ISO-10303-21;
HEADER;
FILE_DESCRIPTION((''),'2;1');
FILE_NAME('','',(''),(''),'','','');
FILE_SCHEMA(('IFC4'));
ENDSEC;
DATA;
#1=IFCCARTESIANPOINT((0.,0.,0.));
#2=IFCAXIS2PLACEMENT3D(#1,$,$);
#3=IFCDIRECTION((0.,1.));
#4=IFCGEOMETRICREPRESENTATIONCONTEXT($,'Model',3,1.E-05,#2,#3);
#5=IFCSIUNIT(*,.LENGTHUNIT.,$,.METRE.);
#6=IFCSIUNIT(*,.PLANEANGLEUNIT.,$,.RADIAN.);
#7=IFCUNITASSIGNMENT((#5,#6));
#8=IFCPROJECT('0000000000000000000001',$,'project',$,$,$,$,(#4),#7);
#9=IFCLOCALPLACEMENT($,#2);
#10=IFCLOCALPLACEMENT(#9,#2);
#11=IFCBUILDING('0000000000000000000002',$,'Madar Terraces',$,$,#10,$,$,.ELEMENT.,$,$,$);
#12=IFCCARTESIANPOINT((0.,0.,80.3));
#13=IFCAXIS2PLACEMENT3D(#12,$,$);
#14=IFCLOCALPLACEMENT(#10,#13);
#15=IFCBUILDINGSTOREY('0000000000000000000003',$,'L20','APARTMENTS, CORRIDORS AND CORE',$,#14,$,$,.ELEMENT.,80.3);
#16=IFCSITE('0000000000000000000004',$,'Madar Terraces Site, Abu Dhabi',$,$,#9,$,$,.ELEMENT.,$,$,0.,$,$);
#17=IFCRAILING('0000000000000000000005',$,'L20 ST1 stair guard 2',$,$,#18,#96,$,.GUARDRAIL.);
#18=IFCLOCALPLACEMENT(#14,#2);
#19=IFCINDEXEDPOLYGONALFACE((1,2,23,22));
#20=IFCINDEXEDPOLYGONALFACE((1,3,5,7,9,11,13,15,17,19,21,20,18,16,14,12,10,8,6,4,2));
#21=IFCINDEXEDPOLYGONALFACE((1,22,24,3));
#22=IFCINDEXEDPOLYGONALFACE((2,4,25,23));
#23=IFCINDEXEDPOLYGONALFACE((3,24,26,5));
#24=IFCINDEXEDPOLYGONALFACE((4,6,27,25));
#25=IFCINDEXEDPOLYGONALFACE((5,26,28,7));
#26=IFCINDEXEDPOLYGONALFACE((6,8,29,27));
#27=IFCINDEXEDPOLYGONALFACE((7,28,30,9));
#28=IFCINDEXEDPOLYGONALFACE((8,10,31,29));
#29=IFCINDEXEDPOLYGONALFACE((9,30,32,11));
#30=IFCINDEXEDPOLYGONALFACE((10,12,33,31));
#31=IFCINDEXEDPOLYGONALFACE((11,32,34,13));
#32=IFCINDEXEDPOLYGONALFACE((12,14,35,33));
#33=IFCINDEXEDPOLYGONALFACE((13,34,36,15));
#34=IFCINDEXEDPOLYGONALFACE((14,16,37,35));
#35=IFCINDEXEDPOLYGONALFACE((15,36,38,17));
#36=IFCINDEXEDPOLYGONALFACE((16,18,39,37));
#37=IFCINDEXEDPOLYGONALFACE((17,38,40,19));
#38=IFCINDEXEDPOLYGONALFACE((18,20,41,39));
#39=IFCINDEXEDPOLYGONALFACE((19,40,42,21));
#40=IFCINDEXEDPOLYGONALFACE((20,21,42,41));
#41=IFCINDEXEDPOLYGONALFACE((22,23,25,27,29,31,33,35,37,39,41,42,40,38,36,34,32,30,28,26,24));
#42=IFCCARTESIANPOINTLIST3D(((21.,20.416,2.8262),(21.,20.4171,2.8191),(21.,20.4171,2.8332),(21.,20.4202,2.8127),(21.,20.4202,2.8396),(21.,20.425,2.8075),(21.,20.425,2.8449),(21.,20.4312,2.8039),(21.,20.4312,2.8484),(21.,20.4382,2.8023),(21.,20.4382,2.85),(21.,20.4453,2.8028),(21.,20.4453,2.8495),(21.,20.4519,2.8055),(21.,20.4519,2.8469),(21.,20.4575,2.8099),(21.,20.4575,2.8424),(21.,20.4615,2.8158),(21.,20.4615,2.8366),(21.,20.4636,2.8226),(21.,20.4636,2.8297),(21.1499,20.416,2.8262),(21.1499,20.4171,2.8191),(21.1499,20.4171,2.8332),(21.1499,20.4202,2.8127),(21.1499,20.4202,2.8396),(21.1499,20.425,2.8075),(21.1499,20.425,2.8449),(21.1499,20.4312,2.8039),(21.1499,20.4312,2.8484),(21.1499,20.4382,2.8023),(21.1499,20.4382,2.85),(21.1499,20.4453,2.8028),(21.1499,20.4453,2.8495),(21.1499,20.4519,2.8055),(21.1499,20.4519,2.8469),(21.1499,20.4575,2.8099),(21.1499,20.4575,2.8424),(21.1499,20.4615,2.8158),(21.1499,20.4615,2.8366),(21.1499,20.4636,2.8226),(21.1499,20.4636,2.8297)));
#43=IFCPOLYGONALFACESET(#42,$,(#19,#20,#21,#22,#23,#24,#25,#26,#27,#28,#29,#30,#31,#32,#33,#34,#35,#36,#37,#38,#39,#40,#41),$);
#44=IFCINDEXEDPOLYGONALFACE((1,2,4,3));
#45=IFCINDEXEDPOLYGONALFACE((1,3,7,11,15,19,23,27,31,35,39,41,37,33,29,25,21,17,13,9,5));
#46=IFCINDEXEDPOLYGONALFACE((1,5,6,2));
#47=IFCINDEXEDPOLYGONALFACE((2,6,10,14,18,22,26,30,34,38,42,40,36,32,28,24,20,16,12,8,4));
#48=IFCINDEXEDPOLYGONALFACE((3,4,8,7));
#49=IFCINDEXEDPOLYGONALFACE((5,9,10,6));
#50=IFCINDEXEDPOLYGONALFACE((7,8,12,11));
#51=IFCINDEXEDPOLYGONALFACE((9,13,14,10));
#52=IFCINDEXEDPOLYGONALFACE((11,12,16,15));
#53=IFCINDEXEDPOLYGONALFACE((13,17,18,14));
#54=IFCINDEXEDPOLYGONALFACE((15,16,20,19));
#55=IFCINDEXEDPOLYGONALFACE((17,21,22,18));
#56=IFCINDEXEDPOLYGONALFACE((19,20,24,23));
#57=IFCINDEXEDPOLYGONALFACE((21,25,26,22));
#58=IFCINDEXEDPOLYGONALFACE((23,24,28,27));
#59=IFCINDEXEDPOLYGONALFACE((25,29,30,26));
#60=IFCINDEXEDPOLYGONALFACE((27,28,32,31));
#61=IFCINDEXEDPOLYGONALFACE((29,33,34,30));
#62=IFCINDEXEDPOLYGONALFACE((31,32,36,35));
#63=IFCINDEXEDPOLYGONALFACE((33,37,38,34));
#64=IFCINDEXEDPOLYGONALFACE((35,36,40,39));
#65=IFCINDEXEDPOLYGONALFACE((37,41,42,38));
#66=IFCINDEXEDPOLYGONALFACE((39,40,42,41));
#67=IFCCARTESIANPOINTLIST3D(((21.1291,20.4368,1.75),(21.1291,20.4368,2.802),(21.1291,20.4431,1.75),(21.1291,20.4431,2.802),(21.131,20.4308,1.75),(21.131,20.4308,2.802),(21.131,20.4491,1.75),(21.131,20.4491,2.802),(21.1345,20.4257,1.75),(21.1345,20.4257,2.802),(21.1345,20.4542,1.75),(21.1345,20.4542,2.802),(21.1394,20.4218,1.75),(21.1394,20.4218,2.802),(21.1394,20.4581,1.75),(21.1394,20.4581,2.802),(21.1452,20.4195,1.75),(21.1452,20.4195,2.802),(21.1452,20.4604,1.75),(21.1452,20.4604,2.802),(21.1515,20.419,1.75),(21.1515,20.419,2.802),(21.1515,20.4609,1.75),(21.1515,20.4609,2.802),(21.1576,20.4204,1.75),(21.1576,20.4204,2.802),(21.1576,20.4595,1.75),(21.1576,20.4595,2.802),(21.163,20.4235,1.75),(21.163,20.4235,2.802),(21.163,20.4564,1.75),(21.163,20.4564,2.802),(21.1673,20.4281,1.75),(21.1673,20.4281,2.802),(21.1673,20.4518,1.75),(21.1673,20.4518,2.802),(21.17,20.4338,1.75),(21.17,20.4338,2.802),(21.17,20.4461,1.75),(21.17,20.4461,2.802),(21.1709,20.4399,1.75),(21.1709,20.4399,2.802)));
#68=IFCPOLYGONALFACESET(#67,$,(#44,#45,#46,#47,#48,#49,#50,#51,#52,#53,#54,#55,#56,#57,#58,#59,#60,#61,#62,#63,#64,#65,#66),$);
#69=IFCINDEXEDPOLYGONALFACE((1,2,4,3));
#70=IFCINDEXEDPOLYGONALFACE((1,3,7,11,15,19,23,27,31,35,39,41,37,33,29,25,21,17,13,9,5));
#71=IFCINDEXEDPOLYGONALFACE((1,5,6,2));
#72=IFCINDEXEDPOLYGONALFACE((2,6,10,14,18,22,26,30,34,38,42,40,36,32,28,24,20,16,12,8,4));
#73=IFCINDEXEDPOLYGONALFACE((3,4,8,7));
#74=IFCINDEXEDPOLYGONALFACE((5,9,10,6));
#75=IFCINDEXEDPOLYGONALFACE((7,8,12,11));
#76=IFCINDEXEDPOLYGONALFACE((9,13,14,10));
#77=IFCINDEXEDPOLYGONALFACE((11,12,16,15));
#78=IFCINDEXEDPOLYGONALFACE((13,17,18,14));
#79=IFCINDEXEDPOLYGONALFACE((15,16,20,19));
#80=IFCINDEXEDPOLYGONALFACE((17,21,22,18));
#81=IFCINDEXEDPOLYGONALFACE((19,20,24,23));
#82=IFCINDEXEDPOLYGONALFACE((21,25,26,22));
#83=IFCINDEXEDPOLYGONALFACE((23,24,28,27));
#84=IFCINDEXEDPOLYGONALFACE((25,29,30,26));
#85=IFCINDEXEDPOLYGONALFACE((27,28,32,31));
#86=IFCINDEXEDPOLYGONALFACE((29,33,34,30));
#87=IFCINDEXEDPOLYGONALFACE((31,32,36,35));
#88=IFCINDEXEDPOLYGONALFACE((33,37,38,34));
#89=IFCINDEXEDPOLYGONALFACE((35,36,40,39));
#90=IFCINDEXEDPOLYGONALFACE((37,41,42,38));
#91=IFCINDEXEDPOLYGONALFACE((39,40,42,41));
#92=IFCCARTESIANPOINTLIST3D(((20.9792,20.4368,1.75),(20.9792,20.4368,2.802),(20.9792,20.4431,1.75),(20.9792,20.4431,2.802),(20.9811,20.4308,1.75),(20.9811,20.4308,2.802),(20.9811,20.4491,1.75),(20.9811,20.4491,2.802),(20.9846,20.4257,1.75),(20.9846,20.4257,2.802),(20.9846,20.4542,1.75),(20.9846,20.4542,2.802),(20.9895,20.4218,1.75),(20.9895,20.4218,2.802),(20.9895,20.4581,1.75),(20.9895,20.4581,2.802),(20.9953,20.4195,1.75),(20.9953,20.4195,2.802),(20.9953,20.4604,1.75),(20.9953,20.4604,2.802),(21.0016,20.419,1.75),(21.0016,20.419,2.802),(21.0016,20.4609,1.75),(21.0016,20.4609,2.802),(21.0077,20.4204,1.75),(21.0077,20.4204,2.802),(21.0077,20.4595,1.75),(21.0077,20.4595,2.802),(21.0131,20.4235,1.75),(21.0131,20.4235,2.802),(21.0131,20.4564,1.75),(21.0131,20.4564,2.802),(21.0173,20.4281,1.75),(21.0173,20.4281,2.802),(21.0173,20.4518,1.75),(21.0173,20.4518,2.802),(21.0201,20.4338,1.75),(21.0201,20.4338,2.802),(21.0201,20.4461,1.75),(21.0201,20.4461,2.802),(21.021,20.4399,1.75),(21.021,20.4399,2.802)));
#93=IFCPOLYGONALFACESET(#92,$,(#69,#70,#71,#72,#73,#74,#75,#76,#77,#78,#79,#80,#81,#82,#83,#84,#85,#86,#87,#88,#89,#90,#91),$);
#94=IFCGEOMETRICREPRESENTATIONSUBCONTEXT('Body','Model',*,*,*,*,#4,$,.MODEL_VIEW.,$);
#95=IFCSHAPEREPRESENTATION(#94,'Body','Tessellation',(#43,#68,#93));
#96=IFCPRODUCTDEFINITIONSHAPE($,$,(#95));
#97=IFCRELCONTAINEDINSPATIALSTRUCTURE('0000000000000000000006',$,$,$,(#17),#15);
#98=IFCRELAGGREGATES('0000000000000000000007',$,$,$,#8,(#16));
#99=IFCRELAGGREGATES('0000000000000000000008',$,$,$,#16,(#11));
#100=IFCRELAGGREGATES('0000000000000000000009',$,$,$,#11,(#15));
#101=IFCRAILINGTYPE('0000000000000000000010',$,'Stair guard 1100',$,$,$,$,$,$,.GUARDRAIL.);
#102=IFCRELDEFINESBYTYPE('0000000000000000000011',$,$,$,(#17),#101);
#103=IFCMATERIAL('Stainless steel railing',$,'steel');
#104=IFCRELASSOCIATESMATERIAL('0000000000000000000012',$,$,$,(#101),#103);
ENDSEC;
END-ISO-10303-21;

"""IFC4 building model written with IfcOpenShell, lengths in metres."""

from ifc_helpers import new_model, si_unit, direction, frame, origin, origin_2d, place, context, subcontext, project, spatial, circle, extrude, material, type_object, element, save


model = new_model("IFC4")

# Units and contexts
model_context = context("Model", 3, precision=1e-05, world=origin(), true_north=direction((0.0, 1.0)))
body_context = subcontext(model_context, "Body", "Model", "MODEL_VIEW")
ifc_project = project(units=[si_unit("LENGTHUNIT", "METRE"), si_unit("PLANEANGLEUNIT", "RADIAN")], contexts=[model_context])

# Site, building, storey
site_placement = place(None, origin())
site = spatial("IfcSite", under=ifc_project, at=site_placement, Name="Madar Terraces Site, Abu Dhabi", CompositionType="ELEMENT", RefElevation=0.0)
building_placement = place(site_placement, origin())
building = spatial("IfcBuilding", under=site, at=building_placement, Name="Madar Terraces", CompositionType="ELEMENT")
storey_placement = place(building_placement, frame((0.0, 0.0, 80.3)))
storey = spatial("IfcBuildingStorey", under=building, at=storey_placement, Name="L20", Description="APARTMENTS, CORRIDORS AND CORE", CompositionType="ELEMENT", Elevation=80.3)

# Railing
ifc_material_1 = material(Name="Stainless steel railing", Category="steel")
railing_type_1 = type_object("IfcRailingType", Name="Stair guard 1100", PredefinedType="GUARDRAIL", material=ifc_material_1)
railing_1_placement = place(storey_placement, frame((21.1499, 20.4399, 1.75)))
element("IfcRailing", 1, at=railing_1_placement, inside=storey, type_object=railing_type_1, Name="L20 ST1 stair guard 2", PredefinedType="GUARDRAIL", context=body_context, shape_type="SweptSolid", body=[
    extrude(circle(Radius=0.0239, at=origin_2d()), frame((0.0, 0.0, 1.0762), z_axis=(-1.0, 0.0, 0.0), x_axis=(0.0, -1.0, 0.0)), (0.0, 0.0, 1.0), 0.1499),
    extrude(circle(Radius=0.021, at=origin_2d()), origin(), (0.0, 0.0, 1.0), 1.052),
    extrude(circle(Radius=0.021, at=origin_2d()), frame((-0.1499, 0.0, 0.0)), (0.0, 0.0, 1.0), 1.052),
])

save(model, "model.ifc")
